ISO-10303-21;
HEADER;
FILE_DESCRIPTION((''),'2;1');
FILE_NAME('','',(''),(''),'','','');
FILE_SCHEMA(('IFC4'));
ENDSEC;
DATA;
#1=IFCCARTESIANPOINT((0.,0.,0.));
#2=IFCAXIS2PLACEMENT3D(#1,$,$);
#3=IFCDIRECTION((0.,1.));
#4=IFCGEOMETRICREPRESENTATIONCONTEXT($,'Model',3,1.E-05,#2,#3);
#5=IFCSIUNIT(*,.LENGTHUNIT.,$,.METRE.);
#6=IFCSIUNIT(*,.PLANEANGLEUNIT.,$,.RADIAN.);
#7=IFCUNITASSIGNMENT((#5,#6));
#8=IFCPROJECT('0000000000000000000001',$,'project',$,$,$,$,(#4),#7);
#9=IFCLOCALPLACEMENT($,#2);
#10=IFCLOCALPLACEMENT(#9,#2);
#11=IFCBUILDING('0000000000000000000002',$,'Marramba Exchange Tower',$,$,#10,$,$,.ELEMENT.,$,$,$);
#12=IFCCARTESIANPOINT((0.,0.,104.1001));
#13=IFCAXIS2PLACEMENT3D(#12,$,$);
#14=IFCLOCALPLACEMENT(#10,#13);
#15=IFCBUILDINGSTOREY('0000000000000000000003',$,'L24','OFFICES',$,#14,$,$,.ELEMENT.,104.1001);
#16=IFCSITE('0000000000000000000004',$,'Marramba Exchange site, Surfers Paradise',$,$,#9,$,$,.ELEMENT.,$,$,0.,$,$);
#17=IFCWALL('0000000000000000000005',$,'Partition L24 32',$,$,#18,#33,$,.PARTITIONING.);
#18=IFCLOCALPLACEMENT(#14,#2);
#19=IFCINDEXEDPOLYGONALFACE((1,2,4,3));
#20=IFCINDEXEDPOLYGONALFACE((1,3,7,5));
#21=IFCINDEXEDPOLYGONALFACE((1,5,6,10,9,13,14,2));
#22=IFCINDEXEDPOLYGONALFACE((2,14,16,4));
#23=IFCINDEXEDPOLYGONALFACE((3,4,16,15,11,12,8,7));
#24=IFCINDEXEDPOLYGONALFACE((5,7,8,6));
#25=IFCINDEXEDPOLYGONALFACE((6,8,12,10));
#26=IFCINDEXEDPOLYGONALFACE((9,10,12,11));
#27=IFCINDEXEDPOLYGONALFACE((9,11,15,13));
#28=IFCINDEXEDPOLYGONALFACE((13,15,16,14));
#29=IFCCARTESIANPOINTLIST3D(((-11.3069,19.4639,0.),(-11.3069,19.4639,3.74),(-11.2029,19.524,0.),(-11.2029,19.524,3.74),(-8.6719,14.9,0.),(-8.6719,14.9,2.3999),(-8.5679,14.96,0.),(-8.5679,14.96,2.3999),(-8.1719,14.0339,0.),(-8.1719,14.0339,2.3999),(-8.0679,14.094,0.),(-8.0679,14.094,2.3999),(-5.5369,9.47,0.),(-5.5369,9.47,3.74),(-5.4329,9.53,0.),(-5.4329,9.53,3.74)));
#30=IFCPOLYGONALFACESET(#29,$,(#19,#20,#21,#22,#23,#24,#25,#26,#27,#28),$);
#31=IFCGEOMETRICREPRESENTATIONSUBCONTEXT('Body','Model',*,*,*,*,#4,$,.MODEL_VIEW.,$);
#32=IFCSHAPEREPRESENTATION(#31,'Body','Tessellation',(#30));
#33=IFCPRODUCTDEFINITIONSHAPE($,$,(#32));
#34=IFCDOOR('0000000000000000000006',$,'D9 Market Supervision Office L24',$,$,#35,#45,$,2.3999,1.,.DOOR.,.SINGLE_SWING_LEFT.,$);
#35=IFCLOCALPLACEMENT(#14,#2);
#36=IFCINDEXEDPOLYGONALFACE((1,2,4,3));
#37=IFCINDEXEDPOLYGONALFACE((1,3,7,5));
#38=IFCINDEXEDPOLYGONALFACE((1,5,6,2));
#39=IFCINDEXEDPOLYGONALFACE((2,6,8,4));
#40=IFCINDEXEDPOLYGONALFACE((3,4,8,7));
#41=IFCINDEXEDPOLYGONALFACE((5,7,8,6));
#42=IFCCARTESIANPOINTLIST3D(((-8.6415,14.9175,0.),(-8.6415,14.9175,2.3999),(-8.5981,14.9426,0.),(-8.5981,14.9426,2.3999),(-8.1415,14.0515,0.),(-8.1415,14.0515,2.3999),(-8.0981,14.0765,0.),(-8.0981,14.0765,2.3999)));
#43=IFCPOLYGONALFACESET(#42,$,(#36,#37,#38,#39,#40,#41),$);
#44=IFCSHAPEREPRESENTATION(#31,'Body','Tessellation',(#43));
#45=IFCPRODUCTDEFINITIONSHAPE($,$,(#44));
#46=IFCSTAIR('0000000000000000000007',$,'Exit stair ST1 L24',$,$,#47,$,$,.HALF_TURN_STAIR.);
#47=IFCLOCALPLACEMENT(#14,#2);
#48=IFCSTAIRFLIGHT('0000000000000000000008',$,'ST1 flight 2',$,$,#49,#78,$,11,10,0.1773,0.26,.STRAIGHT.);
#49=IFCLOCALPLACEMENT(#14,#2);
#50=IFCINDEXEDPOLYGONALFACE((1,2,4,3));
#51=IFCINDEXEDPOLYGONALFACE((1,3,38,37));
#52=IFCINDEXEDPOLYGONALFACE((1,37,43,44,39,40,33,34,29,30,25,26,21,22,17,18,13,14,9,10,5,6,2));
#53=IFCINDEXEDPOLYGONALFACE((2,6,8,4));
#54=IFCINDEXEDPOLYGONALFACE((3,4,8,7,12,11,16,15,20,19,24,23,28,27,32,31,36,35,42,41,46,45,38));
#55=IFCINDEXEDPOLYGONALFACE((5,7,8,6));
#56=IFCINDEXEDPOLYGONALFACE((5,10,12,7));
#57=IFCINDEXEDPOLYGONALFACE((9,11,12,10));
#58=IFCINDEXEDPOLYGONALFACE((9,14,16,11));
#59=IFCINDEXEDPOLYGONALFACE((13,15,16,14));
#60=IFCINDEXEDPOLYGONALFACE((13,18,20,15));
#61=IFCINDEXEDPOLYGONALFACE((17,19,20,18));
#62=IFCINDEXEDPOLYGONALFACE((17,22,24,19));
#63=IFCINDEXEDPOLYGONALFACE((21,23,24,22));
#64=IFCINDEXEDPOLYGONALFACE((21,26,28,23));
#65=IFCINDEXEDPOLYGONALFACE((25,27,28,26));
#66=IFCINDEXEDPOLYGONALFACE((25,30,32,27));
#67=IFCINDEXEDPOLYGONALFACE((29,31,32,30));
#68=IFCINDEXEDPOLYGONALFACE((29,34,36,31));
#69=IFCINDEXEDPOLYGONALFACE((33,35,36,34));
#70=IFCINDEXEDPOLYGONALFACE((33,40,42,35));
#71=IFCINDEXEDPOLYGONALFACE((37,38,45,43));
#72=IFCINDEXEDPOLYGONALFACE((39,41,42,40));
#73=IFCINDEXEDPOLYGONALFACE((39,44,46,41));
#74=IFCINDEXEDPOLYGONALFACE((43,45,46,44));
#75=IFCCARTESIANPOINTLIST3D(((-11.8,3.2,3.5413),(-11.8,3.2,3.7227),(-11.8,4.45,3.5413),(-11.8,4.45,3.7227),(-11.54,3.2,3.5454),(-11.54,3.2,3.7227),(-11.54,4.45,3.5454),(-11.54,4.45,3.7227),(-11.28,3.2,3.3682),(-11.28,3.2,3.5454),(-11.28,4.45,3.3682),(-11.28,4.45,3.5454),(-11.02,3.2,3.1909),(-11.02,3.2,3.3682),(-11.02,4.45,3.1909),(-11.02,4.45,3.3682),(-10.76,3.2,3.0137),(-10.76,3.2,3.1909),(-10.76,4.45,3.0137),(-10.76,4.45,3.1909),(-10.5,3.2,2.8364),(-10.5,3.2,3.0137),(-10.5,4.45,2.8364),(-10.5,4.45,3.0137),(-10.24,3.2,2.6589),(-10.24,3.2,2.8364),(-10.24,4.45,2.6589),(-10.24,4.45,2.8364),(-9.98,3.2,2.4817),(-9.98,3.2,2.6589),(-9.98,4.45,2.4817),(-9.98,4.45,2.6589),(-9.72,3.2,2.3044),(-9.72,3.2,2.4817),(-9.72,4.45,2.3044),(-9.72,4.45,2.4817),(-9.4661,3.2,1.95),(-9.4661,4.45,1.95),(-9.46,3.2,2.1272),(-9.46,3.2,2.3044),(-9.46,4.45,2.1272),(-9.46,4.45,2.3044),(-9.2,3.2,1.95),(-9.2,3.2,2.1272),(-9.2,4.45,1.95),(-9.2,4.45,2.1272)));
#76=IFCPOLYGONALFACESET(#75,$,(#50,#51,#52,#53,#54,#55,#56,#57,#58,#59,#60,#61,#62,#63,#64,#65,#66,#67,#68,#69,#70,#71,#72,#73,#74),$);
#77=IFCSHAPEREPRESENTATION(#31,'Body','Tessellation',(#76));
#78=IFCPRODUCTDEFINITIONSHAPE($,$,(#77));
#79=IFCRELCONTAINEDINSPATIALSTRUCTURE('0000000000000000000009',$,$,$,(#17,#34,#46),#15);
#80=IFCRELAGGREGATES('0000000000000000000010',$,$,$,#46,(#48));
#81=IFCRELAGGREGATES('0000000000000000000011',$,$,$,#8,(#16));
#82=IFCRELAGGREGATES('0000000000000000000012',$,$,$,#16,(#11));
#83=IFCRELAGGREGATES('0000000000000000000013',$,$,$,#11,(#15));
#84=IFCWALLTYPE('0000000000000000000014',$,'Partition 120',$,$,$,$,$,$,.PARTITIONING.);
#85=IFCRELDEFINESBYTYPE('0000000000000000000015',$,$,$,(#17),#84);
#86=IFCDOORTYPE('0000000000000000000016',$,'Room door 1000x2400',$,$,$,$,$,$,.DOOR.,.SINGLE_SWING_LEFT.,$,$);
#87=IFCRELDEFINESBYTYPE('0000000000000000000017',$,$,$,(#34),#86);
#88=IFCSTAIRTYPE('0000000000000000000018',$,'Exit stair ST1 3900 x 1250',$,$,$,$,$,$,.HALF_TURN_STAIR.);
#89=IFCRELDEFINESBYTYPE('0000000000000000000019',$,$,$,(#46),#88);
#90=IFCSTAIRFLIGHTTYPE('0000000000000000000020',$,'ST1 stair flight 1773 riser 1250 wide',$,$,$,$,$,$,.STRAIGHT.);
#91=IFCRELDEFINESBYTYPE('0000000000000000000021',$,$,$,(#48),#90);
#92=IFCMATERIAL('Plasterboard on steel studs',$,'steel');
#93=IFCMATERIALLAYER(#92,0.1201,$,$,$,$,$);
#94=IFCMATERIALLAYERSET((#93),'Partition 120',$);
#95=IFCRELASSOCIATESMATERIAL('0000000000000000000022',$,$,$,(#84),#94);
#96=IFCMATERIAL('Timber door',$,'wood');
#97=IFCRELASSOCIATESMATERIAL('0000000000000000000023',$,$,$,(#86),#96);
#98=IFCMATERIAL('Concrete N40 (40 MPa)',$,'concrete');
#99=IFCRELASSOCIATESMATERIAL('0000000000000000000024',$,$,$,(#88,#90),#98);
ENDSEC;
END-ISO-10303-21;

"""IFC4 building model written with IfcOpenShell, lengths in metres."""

from ifc_helpers import new_model, si_unit, direction, frame, frame_2d, origin, place, context, subcontext, project, spatial, polyline, rectangle, outline, extrude, material, layer, layer_set, type_object, element, fill, aggregate, save


model = new_model("IFC4")

# Units and contexts
model_context = context("Model", 3, precision=1e-05, world=origin(), true_north=direction((0.0, 1.0)))
body_context = subcontext(model_context, "Body", "Model", "MODEL_VIEW")
ifc_project = project(units=[si_unit("LENGTHUNIT", "METRE"), si_unit("PLANEANGLEUNIT", "RADIAN")], contexts=[model_context])

# Site, building, storey
site_placement = place(None, origin())
site = spatial("IfcSite", under=ifc_project, at=site_placement, Name="Marramba Exchange site, Surfers Paradise", CompositionType="ELEMENT", RefElevation=0.0)
building_placement = place(site_placement, origin())
building = spatial("IfcBuilding", under=site, at=building_placement, Name="Marramba Exchange Tower", CompositionType="ELEMENT")
storey_placement = place(building_placement, frame((0.0, 0.0, 104.1001)))
storey = spatial("IfcBuildingStorey", under=building, at=storey_placement, Name="L24", Description="OFFICES", CompositionType="ELEMENT", Elevation=104.1001)

# Shared definitions
ifc_material_1 = material(Name="Timber door", Category="wood")

# Wall, opening, door
ifc_material_2 = material(Name="Plasterboard on steel studs", Category="steel")
ifc_layer_1 = layer(ifc_material_2, 0.1201)
ifc_layer_set_1 = layer_set([ifc_layer_1], Name="Partition 120")
wall_type_1 = type_object("IfcWallType", Name="Partition 120", PredefinedType="PARTITIONING", material=ifc_layer_set_1)
wall_1_placement = place(storey_placement, frame((-5.4849, 9.5, 0.0), z_axis=(0.0, 0.0, 1.0), x_axis=(-0.500003, 0.866024, 0.0)))
wall_1 = element("IfcWall", 1, at=wall_1_placement, inside=storey, type_object=wall_type_1, Name="Partition L24 32", PredefinedType="PARTITIONING", context=body_context, shape_type="SweptSolid", body=[
    extrude(rectangle(XDim=11.54, YDim=0.1201, at=frame_2d((5.77, 0.0))), origin(), (0.0, 0.0, 1.0), 3.74),
])
opening_1_placement = place(wall_1_placement, frame((5.27, 0.0, 0.0)))
opening_1 = element("IfcOpeningElement", 2, at=opening_1_placement, cuts=wall_1, PredefinedType="OPENING", context=body_context, shape_type="SweptSolid", body=[
    extrude(rectangle(XDim=1.0, YDim=2.3999, at=frame_2d((0.5, 1.2))), frame((0.0, 0.0701, 0.0), z_axis=(0.0, -1.0, 0.0), x_axis=(1.0, 0.0, 0.0)), (0.0, 0.0, 1.0), 0.1401),
])
door_type_1 = type_object("IfcDoorType", Name="Room door 1000x2400", OperationType="SINGLE_SWING_LEFT", PredefinedType="DOOR", material=ifc_material_1)
door_1_placement = place(opening_1_placement, origin())
door_1 = element("IfcDoor", 3, at=door_1_placement, inside=storey, type_object=door_type_1, Name="D9 Market Supervision Office L24", OperationType="SINGLE_SWING_LEFT", OverallHeight=2.3999, OverallWidth=1.0, PredefinedType="DOOR", context=body_context, shape_type="SweptSolid", body=[
    extrude(rectangle(XDim=1.0, YDim=2.3999, at=frame_2d((0.5, 1.2))), frame((0.0, 0.0249, 0.0), z_axis=(0.0, -1.0, 0.0), x_axis=(1.0, 0.0, 0.0)), (0.0, 0.0, 1.0), 0.05),
])
fill(opening_1, door_1)

# Stair, stair flight
ifc_material_3 = material(Name="Concrete N40 (40 MPa)", Category="concrete")
stair_type = type_object("IfcStairType", Name="Exit stair ST1 3900 x 1250", PredefinedType="HALF_TURN_STAIR", material=ifc_material_3)
stair_placement = place(storey_placement, origin())
stair = element("IfcStair", 4, at=stair_placement, inside=storey, type_object=stair_type, Name="Exit stair ST1 L24", PredefinedType="HALF_TURN_STAIR")
stair_flight_type = type_object("IfcStairFlightType", Name="ST1 stair flight 1773 riser 1250 wide", PredefinedType="STRAIGHT", material=ifc_material_3)
stair_flight_placement = place(storey_placement, frame((-9.2, 3.825, 1.95), z_axis=(0.0, 0.0, 1.0), x_axis=(-1.0, 0.0, 0.0)))
stair_flight = element("IfcStairFlight", 5, at=stair_flight_placement, type_object=stair_flight_type, Name="ST1 flight 2", NumberOfRisers=11, NumberOfTreads=10, PredefinedType="STRAIGHT", RiserHeight=0.1773, TreadLength=0.26, context=body_context, shape_type="SweptSolid", body=[
    extrude(outline(polyline([(0.0, 0.0), (0.0, 0.1772), (0.26, 0.1772), (0.26, 0.3545), (0.52, 0.3545), (0.52, 0.5317), (0.78, 0.5317), (0.78, 0.709), (1.04, 0.709), (1.04, 0.8865), (1.3, 0.8865), (1.3, 1.0637), (1.5601, 1.0637), (1.5601, 1.241), (1.8201, 1.241), (1.8201, 1.4182), (2.0801, 1.4182), (2.0801, 1.5955), (2.3401, 1.5955), (2.3401, 1.7727), (2.6001, 1.7727), (2.6001, 1.95), (2.6001, 1.5913), (0.2661, 0.0), (0.0, 0.0)])), frame((0.0, 0.625, 0.0), z_axis=(0.0, -1.0, 0.0), x_axis=(1.0, 0.0, 0.0)), (0.0, 0.0, 1.0), 1.25),
])
aggregate(stair, [stair_flight])

save(model, "model.ifc")
